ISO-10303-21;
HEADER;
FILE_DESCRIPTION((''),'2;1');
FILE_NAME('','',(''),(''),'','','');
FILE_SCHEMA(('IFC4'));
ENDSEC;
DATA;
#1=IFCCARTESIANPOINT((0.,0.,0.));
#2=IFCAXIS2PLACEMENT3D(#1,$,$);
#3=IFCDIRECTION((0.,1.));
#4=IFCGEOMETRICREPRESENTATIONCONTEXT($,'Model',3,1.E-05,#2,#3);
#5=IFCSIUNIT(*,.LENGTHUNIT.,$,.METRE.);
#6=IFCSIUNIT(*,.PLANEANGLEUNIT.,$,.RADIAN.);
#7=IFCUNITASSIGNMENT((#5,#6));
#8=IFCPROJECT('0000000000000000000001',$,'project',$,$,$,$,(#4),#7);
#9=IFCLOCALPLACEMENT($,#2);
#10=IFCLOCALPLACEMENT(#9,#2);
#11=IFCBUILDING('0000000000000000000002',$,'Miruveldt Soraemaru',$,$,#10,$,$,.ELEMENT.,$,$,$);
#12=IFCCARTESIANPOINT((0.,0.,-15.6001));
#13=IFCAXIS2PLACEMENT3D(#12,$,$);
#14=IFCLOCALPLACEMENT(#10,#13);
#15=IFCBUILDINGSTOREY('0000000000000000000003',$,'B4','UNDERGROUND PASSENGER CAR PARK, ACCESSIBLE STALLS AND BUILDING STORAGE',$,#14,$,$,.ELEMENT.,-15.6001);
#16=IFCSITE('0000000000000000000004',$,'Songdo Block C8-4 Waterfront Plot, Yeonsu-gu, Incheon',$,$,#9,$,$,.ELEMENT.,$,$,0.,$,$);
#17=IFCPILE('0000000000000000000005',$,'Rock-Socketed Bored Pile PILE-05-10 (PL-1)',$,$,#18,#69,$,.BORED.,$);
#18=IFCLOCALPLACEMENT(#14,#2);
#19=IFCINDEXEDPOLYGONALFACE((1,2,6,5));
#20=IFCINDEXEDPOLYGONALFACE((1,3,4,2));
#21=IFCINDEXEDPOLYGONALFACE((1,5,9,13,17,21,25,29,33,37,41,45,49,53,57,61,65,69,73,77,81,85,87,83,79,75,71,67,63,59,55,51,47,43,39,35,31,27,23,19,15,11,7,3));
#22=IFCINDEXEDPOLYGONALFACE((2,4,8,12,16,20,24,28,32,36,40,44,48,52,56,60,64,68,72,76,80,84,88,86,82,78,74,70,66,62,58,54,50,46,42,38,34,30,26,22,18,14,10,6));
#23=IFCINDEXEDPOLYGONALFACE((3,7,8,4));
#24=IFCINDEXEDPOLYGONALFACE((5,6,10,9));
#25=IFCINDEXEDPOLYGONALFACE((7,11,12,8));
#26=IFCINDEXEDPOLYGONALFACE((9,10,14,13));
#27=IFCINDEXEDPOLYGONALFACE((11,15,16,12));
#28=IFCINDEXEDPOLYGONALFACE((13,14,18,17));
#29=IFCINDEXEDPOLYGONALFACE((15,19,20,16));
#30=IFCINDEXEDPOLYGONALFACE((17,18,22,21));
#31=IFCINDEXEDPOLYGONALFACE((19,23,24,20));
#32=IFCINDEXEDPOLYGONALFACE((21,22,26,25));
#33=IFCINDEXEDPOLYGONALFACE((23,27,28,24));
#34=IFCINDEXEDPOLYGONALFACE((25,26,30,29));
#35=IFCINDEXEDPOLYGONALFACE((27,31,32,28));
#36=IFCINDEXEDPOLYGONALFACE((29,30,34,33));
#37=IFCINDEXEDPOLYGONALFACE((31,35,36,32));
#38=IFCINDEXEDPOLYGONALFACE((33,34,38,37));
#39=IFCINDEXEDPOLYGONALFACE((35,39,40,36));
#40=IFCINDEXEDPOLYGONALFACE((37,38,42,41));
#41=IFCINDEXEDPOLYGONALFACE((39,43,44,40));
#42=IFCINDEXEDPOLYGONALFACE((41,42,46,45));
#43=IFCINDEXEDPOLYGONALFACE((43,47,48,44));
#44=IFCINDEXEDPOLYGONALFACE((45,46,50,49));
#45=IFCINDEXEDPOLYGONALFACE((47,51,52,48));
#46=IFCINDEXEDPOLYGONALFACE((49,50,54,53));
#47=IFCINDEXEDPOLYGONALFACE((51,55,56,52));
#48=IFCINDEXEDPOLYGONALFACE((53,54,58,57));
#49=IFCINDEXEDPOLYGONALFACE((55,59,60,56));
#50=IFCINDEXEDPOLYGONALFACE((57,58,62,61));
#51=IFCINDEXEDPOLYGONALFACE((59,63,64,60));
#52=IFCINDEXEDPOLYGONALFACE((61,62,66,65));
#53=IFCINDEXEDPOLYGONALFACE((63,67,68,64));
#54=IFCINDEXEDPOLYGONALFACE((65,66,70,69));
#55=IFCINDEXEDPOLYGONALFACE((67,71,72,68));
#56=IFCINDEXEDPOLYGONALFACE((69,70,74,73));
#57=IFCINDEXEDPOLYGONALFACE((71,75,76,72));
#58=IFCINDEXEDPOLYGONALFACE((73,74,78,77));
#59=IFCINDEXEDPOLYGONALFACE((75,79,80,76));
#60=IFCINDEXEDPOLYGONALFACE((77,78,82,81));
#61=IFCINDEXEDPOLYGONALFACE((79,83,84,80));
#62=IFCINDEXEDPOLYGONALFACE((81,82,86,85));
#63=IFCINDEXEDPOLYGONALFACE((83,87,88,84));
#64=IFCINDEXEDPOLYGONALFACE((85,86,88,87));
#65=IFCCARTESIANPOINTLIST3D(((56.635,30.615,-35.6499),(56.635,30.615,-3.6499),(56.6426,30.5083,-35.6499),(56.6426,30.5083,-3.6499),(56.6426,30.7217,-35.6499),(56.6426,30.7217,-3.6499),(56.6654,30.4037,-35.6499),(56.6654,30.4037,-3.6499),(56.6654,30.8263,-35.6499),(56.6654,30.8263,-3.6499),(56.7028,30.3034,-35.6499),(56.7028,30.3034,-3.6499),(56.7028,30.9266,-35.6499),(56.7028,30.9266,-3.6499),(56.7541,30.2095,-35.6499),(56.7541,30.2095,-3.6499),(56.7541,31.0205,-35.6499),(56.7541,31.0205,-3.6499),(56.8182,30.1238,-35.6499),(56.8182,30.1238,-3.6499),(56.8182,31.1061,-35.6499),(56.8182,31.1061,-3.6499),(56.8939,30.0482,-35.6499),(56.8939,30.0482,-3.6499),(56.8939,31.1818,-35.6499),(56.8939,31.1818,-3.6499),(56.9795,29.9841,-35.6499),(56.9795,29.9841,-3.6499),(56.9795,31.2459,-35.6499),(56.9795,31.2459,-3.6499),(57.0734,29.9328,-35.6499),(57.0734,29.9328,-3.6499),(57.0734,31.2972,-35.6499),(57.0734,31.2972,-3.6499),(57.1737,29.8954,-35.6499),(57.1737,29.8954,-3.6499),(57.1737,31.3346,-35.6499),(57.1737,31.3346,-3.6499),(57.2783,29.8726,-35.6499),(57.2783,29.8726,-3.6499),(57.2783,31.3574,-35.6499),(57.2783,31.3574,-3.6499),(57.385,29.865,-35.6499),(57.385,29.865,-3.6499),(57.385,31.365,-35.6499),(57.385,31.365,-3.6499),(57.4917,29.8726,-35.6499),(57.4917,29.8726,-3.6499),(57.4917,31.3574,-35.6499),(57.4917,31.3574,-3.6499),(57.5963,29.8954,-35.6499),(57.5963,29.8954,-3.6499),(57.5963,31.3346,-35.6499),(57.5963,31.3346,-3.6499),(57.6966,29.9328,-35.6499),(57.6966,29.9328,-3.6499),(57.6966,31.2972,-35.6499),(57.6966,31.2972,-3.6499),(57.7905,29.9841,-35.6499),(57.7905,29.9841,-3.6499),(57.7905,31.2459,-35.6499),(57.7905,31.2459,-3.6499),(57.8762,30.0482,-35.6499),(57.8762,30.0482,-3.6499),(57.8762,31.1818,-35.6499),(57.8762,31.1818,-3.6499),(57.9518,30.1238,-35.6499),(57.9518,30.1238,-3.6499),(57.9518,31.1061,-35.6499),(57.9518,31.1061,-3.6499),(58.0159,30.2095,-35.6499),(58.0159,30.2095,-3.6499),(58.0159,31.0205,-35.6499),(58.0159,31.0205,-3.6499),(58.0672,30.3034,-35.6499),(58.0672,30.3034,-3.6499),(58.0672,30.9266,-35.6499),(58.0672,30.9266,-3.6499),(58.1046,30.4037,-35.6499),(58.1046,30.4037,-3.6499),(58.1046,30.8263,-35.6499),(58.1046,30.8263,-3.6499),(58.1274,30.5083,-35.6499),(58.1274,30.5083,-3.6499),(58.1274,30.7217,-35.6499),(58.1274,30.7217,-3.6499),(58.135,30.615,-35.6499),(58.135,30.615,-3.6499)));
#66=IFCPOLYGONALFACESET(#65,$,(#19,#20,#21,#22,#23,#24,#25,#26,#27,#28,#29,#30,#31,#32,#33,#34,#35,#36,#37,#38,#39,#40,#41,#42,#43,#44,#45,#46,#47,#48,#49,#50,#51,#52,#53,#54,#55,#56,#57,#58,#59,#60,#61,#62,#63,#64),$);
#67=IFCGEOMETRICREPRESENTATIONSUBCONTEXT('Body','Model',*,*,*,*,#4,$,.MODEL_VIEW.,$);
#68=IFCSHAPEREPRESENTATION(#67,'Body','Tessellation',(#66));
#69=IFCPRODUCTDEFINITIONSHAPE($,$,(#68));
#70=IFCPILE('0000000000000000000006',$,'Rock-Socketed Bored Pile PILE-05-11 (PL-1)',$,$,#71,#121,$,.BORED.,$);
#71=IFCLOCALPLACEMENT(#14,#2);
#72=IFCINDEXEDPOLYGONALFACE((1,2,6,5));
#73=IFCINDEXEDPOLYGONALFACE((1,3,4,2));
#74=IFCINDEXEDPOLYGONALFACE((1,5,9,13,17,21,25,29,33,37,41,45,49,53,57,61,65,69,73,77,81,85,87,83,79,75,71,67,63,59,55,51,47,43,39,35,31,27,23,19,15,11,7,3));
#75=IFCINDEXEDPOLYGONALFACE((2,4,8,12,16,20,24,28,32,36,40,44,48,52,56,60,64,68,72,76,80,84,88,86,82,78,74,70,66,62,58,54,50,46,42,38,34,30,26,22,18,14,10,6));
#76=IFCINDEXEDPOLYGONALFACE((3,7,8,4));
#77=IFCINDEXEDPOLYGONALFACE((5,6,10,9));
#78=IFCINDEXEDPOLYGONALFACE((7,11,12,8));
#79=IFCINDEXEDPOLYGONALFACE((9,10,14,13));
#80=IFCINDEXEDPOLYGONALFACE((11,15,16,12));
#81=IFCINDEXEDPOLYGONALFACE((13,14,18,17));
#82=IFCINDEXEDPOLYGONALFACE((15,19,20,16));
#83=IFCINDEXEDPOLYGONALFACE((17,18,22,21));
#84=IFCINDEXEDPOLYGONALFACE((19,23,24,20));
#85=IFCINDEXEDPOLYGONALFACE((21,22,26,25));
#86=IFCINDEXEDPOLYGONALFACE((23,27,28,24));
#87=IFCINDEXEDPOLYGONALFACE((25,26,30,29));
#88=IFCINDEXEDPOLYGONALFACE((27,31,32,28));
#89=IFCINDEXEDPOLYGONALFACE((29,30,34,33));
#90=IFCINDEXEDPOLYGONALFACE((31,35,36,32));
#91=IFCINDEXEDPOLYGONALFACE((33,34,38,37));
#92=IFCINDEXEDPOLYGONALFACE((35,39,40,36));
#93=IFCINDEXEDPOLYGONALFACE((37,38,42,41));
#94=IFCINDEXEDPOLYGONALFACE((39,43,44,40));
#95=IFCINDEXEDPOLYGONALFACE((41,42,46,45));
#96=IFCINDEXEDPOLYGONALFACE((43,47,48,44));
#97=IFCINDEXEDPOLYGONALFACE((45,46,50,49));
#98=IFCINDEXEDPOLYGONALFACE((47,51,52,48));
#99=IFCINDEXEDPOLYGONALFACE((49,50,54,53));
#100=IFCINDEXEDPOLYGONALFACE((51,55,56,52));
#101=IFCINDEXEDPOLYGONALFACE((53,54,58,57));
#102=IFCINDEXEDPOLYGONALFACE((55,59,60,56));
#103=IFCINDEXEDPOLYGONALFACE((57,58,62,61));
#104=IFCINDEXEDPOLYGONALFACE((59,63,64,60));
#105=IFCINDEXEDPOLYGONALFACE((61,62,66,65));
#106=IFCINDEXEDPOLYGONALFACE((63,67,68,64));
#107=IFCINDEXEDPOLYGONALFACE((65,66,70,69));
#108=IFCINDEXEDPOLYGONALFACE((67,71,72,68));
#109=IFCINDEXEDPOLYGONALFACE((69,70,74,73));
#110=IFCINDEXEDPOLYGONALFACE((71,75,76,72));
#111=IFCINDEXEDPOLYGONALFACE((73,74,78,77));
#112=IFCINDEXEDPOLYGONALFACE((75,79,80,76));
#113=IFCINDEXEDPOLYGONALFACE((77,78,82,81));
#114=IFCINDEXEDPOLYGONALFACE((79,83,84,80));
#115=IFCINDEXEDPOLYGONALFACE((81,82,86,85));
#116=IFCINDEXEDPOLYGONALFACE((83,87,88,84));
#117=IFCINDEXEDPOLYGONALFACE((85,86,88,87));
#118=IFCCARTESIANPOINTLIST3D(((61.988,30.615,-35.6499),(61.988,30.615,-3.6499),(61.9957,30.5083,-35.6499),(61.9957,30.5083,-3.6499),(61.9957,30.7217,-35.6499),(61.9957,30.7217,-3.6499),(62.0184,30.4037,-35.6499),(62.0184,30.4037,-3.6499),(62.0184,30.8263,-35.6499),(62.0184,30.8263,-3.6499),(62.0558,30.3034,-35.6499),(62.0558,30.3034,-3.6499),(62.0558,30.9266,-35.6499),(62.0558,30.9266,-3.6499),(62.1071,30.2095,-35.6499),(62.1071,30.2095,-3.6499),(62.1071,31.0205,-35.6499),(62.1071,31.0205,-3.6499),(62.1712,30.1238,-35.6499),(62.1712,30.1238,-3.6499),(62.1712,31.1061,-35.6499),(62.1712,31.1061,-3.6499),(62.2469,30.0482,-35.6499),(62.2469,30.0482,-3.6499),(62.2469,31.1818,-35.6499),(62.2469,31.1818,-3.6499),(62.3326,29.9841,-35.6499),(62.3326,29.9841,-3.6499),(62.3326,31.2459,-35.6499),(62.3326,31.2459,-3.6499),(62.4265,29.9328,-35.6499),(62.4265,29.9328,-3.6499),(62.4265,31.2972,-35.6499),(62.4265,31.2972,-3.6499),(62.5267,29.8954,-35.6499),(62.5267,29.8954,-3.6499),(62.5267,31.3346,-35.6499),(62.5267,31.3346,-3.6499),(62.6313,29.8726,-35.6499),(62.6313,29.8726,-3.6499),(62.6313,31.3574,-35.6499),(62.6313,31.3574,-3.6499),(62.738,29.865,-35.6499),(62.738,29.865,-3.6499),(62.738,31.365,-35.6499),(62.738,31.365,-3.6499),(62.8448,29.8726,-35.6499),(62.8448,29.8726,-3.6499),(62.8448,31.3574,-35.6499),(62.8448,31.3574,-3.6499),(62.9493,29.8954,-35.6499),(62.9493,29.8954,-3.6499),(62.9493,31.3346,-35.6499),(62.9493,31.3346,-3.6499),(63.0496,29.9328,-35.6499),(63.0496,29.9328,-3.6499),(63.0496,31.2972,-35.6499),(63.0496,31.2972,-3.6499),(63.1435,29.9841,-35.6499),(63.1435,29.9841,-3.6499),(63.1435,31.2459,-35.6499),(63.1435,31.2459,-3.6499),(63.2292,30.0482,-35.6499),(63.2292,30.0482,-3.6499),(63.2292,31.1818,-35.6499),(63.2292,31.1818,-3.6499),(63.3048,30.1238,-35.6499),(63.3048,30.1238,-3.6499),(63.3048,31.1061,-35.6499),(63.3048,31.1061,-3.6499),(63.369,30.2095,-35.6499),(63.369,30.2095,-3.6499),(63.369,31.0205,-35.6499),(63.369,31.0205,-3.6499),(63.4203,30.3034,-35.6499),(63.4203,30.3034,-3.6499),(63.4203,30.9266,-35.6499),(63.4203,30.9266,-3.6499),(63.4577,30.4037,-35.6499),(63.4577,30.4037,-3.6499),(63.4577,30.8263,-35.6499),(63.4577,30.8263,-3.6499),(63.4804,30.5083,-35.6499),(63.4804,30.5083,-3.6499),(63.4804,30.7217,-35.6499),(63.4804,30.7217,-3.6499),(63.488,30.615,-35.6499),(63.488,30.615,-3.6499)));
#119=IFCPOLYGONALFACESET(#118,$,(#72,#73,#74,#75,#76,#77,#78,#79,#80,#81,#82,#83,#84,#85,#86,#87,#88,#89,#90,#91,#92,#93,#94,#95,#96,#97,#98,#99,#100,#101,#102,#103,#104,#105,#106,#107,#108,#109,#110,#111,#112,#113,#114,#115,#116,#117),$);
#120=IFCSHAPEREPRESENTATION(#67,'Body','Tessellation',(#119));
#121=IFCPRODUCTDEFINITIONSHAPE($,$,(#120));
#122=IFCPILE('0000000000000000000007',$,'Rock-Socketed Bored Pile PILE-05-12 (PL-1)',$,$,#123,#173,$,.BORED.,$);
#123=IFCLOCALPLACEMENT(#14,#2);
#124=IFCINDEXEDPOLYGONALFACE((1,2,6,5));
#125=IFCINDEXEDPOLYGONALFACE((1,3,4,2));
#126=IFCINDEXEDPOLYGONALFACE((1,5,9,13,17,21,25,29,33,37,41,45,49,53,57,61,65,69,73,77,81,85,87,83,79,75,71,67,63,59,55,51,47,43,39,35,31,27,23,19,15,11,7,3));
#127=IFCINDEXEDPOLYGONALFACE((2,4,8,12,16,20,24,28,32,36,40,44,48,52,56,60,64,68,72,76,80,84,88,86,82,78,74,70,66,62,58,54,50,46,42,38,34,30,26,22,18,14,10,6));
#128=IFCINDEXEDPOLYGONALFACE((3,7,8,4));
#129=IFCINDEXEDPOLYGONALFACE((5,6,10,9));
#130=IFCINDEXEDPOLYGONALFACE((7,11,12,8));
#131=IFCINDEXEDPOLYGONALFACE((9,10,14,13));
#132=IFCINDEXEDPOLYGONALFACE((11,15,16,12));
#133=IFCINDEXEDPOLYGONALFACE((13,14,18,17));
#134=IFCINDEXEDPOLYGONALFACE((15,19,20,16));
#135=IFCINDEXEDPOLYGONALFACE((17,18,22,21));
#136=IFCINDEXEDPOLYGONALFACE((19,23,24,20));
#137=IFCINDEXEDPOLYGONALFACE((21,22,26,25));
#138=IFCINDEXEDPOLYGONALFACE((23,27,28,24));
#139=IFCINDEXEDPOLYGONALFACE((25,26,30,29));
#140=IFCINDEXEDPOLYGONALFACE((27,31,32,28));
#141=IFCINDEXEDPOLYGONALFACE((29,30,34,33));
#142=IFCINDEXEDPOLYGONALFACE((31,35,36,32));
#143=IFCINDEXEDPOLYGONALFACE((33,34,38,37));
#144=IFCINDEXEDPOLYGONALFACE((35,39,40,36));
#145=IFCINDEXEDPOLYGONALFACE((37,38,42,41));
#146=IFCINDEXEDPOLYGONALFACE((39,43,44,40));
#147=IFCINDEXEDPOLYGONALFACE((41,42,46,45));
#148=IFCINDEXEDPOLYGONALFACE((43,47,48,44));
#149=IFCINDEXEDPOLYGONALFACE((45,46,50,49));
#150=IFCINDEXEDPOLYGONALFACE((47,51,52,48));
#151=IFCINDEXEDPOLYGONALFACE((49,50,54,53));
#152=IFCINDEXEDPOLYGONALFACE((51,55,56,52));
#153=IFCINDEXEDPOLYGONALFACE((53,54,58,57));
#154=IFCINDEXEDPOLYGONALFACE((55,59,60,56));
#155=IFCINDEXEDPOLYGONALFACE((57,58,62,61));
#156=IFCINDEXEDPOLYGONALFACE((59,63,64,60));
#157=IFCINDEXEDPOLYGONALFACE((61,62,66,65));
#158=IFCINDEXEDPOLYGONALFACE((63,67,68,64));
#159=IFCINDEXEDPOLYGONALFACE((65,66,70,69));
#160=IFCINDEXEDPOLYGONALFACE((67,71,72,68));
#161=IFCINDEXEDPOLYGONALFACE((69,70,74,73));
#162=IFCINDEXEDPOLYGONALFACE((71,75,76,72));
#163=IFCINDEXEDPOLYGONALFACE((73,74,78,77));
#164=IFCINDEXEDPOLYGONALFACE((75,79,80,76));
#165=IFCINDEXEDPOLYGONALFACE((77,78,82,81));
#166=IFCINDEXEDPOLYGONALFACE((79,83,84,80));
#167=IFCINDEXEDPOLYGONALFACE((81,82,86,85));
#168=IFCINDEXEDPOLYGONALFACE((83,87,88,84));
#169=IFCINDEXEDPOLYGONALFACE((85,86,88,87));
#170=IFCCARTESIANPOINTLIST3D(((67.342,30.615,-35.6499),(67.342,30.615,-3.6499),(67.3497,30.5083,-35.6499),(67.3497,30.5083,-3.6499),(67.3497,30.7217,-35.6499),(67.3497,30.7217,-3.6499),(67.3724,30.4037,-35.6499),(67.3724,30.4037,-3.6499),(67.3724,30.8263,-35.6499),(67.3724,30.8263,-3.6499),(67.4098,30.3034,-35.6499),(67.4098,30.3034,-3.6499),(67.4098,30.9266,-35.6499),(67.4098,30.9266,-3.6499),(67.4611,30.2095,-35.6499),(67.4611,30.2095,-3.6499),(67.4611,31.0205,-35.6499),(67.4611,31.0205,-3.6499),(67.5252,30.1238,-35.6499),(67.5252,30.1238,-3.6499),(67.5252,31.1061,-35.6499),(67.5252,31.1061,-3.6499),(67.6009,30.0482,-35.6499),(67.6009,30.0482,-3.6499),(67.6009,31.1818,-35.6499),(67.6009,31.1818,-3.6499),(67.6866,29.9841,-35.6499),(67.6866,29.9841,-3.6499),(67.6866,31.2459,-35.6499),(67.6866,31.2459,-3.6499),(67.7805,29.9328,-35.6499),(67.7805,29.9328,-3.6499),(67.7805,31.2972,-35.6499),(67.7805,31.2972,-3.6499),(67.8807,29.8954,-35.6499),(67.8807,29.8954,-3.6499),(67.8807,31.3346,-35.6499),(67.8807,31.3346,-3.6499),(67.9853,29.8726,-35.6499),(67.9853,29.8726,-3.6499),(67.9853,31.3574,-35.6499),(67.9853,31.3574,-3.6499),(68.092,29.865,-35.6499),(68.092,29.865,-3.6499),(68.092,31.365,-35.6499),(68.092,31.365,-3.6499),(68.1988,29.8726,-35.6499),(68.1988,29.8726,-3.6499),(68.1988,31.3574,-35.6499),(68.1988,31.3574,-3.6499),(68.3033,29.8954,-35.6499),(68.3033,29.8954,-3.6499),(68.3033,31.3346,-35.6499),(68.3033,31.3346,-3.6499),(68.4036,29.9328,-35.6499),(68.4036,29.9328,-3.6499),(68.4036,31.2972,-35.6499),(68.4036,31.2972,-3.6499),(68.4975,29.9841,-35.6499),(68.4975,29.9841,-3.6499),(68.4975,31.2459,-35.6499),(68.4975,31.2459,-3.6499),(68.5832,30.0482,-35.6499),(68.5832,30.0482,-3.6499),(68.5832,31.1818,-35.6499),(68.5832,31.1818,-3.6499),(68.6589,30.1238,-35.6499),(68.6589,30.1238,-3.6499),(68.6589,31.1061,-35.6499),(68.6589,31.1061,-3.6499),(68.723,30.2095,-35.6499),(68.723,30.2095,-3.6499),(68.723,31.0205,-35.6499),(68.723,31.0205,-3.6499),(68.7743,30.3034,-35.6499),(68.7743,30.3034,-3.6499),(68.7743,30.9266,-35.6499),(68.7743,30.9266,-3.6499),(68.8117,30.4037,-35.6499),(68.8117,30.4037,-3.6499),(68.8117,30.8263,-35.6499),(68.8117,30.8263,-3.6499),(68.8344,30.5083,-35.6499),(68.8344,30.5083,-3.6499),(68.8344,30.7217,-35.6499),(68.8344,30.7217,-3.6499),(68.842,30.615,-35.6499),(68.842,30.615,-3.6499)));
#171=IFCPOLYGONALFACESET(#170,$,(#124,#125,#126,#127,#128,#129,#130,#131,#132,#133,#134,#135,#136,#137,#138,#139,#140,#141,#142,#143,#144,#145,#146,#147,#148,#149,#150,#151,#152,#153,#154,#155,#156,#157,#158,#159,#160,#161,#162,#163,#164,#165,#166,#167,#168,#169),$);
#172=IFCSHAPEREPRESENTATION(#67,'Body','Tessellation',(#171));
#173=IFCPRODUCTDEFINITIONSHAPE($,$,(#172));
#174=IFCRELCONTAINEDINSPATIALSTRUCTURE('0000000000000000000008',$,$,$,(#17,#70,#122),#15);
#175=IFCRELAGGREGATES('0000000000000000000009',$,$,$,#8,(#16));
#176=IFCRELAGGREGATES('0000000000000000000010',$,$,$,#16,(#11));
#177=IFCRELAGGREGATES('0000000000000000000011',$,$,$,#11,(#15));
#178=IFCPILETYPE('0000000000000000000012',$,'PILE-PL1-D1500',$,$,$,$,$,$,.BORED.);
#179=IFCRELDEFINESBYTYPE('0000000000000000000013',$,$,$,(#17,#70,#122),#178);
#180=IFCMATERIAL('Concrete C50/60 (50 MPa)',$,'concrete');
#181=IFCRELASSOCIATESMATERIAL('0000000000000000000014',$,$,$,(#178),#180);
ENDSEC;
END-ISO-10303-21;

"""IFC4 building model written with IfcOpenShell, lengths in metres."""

from ifc_helpers import new_model, si_unit, direction, frame, origin, origin_2d, place, context, subcontext, project, spatial, circle, extrude, material, material_profile, profile_set, type_object, element, save


model = new_model("IFC4")

# Units and contexts
model_context = context("Model", 3, precision=1e-05, world=origin(), true_north=direction((0.0, 1.0)))
body_context = subcontext(model_context, "Body", "Model", "MODEL_VIEW")
ifc_project = project(units=[si_unit("LENGTHUNIT", "METRE"), si_unit("PLANEANGLEUNIT", "RADIAN")], contexts=[model_context])

# Site, building, storey
site_placement = place(None, origin())
site = spatial("IfcSite", under=ifc_project, at=site_placement, Name="Songdo Block C8-4 Waterfront Plot, Yeonsu-gu, Incheon", CompositionType="ELEMENT", RefElevation=0.0)
building_placement = place(site_placement, origin())
building = spatial("IfcBuilding", under=site, at=building_placement, Name="Miruveldt Soraemaru", CompositionType="ELEMENT")
storey_placement = place(building_placement, frame((0.0, 0.0, -15.6001)))
storey = spatial("IfcBuildingStorey", under=building, at=storey_placement, Name="B4", Description="UNDERGROUND PASSENGER CAR PARK, ACCESSIBLE STALLS AND BUILDING STORAGE", CompositionType="ELEMENT", Elevation=-15.6001)

# Piles
ifc_material_1 = material(Name="Concrete C50/60 (50 MPa)", Category="concrete")
ifc_material_profile_1 = material_profile(ifc_material_1, circle(Radius=0.75, at=origin_2d()), Name="Concrete C50/60 (50 MPa)", Category="concrete")
ifc_profile_set_1 = profile_set([ifc_material_profile_1], Name="Concrete C50/60 (50 MPa)")
pile_type_1 = type_object("IfcPileType", Name="PILE-PL1-D1500", PredefinedType="BORED", material=ifc_profile_set_1)
for number, where, z_axis, x_axis, name in (
    (1, (57.385, 30.615, -3.6499), (0.0, 0.0, -1.0), (1.0, 0.0, 0.0), "Rock-Socketed Bored Pile PILE-05-10 (PL-1)"),
    (2, (62.738, 30.615, -3.6499), (0.0, 0.0, -1.0), (1.0, 0.0, 0.0), "Rock-Socketed Bored Pile PILE-05-11 (PL-1)"),
    (3, (68.092, 30.615, -3.6499), (0.0, 0.0, -1.0), (1.0, 0.0, 0.0), "Rock-Socketed Bored Pile PILE-05-12 (PL-1)"),
):
    element("IfcPile", number, at=place(storey_placement, frame(where, z_axis=z_axis, x_axis=x_axis)), inside=storey, type_object=pile_type_1, Name=name, PredefinedType="BORED", context=body_context, shape_type="SweptSolid", body=[
        extrude(circle(Radius=0.75, at=origin_2d()), origin(), (0.0, 0.0, 1.0), 32.0),
    ])

save(model, "model.ifc")
